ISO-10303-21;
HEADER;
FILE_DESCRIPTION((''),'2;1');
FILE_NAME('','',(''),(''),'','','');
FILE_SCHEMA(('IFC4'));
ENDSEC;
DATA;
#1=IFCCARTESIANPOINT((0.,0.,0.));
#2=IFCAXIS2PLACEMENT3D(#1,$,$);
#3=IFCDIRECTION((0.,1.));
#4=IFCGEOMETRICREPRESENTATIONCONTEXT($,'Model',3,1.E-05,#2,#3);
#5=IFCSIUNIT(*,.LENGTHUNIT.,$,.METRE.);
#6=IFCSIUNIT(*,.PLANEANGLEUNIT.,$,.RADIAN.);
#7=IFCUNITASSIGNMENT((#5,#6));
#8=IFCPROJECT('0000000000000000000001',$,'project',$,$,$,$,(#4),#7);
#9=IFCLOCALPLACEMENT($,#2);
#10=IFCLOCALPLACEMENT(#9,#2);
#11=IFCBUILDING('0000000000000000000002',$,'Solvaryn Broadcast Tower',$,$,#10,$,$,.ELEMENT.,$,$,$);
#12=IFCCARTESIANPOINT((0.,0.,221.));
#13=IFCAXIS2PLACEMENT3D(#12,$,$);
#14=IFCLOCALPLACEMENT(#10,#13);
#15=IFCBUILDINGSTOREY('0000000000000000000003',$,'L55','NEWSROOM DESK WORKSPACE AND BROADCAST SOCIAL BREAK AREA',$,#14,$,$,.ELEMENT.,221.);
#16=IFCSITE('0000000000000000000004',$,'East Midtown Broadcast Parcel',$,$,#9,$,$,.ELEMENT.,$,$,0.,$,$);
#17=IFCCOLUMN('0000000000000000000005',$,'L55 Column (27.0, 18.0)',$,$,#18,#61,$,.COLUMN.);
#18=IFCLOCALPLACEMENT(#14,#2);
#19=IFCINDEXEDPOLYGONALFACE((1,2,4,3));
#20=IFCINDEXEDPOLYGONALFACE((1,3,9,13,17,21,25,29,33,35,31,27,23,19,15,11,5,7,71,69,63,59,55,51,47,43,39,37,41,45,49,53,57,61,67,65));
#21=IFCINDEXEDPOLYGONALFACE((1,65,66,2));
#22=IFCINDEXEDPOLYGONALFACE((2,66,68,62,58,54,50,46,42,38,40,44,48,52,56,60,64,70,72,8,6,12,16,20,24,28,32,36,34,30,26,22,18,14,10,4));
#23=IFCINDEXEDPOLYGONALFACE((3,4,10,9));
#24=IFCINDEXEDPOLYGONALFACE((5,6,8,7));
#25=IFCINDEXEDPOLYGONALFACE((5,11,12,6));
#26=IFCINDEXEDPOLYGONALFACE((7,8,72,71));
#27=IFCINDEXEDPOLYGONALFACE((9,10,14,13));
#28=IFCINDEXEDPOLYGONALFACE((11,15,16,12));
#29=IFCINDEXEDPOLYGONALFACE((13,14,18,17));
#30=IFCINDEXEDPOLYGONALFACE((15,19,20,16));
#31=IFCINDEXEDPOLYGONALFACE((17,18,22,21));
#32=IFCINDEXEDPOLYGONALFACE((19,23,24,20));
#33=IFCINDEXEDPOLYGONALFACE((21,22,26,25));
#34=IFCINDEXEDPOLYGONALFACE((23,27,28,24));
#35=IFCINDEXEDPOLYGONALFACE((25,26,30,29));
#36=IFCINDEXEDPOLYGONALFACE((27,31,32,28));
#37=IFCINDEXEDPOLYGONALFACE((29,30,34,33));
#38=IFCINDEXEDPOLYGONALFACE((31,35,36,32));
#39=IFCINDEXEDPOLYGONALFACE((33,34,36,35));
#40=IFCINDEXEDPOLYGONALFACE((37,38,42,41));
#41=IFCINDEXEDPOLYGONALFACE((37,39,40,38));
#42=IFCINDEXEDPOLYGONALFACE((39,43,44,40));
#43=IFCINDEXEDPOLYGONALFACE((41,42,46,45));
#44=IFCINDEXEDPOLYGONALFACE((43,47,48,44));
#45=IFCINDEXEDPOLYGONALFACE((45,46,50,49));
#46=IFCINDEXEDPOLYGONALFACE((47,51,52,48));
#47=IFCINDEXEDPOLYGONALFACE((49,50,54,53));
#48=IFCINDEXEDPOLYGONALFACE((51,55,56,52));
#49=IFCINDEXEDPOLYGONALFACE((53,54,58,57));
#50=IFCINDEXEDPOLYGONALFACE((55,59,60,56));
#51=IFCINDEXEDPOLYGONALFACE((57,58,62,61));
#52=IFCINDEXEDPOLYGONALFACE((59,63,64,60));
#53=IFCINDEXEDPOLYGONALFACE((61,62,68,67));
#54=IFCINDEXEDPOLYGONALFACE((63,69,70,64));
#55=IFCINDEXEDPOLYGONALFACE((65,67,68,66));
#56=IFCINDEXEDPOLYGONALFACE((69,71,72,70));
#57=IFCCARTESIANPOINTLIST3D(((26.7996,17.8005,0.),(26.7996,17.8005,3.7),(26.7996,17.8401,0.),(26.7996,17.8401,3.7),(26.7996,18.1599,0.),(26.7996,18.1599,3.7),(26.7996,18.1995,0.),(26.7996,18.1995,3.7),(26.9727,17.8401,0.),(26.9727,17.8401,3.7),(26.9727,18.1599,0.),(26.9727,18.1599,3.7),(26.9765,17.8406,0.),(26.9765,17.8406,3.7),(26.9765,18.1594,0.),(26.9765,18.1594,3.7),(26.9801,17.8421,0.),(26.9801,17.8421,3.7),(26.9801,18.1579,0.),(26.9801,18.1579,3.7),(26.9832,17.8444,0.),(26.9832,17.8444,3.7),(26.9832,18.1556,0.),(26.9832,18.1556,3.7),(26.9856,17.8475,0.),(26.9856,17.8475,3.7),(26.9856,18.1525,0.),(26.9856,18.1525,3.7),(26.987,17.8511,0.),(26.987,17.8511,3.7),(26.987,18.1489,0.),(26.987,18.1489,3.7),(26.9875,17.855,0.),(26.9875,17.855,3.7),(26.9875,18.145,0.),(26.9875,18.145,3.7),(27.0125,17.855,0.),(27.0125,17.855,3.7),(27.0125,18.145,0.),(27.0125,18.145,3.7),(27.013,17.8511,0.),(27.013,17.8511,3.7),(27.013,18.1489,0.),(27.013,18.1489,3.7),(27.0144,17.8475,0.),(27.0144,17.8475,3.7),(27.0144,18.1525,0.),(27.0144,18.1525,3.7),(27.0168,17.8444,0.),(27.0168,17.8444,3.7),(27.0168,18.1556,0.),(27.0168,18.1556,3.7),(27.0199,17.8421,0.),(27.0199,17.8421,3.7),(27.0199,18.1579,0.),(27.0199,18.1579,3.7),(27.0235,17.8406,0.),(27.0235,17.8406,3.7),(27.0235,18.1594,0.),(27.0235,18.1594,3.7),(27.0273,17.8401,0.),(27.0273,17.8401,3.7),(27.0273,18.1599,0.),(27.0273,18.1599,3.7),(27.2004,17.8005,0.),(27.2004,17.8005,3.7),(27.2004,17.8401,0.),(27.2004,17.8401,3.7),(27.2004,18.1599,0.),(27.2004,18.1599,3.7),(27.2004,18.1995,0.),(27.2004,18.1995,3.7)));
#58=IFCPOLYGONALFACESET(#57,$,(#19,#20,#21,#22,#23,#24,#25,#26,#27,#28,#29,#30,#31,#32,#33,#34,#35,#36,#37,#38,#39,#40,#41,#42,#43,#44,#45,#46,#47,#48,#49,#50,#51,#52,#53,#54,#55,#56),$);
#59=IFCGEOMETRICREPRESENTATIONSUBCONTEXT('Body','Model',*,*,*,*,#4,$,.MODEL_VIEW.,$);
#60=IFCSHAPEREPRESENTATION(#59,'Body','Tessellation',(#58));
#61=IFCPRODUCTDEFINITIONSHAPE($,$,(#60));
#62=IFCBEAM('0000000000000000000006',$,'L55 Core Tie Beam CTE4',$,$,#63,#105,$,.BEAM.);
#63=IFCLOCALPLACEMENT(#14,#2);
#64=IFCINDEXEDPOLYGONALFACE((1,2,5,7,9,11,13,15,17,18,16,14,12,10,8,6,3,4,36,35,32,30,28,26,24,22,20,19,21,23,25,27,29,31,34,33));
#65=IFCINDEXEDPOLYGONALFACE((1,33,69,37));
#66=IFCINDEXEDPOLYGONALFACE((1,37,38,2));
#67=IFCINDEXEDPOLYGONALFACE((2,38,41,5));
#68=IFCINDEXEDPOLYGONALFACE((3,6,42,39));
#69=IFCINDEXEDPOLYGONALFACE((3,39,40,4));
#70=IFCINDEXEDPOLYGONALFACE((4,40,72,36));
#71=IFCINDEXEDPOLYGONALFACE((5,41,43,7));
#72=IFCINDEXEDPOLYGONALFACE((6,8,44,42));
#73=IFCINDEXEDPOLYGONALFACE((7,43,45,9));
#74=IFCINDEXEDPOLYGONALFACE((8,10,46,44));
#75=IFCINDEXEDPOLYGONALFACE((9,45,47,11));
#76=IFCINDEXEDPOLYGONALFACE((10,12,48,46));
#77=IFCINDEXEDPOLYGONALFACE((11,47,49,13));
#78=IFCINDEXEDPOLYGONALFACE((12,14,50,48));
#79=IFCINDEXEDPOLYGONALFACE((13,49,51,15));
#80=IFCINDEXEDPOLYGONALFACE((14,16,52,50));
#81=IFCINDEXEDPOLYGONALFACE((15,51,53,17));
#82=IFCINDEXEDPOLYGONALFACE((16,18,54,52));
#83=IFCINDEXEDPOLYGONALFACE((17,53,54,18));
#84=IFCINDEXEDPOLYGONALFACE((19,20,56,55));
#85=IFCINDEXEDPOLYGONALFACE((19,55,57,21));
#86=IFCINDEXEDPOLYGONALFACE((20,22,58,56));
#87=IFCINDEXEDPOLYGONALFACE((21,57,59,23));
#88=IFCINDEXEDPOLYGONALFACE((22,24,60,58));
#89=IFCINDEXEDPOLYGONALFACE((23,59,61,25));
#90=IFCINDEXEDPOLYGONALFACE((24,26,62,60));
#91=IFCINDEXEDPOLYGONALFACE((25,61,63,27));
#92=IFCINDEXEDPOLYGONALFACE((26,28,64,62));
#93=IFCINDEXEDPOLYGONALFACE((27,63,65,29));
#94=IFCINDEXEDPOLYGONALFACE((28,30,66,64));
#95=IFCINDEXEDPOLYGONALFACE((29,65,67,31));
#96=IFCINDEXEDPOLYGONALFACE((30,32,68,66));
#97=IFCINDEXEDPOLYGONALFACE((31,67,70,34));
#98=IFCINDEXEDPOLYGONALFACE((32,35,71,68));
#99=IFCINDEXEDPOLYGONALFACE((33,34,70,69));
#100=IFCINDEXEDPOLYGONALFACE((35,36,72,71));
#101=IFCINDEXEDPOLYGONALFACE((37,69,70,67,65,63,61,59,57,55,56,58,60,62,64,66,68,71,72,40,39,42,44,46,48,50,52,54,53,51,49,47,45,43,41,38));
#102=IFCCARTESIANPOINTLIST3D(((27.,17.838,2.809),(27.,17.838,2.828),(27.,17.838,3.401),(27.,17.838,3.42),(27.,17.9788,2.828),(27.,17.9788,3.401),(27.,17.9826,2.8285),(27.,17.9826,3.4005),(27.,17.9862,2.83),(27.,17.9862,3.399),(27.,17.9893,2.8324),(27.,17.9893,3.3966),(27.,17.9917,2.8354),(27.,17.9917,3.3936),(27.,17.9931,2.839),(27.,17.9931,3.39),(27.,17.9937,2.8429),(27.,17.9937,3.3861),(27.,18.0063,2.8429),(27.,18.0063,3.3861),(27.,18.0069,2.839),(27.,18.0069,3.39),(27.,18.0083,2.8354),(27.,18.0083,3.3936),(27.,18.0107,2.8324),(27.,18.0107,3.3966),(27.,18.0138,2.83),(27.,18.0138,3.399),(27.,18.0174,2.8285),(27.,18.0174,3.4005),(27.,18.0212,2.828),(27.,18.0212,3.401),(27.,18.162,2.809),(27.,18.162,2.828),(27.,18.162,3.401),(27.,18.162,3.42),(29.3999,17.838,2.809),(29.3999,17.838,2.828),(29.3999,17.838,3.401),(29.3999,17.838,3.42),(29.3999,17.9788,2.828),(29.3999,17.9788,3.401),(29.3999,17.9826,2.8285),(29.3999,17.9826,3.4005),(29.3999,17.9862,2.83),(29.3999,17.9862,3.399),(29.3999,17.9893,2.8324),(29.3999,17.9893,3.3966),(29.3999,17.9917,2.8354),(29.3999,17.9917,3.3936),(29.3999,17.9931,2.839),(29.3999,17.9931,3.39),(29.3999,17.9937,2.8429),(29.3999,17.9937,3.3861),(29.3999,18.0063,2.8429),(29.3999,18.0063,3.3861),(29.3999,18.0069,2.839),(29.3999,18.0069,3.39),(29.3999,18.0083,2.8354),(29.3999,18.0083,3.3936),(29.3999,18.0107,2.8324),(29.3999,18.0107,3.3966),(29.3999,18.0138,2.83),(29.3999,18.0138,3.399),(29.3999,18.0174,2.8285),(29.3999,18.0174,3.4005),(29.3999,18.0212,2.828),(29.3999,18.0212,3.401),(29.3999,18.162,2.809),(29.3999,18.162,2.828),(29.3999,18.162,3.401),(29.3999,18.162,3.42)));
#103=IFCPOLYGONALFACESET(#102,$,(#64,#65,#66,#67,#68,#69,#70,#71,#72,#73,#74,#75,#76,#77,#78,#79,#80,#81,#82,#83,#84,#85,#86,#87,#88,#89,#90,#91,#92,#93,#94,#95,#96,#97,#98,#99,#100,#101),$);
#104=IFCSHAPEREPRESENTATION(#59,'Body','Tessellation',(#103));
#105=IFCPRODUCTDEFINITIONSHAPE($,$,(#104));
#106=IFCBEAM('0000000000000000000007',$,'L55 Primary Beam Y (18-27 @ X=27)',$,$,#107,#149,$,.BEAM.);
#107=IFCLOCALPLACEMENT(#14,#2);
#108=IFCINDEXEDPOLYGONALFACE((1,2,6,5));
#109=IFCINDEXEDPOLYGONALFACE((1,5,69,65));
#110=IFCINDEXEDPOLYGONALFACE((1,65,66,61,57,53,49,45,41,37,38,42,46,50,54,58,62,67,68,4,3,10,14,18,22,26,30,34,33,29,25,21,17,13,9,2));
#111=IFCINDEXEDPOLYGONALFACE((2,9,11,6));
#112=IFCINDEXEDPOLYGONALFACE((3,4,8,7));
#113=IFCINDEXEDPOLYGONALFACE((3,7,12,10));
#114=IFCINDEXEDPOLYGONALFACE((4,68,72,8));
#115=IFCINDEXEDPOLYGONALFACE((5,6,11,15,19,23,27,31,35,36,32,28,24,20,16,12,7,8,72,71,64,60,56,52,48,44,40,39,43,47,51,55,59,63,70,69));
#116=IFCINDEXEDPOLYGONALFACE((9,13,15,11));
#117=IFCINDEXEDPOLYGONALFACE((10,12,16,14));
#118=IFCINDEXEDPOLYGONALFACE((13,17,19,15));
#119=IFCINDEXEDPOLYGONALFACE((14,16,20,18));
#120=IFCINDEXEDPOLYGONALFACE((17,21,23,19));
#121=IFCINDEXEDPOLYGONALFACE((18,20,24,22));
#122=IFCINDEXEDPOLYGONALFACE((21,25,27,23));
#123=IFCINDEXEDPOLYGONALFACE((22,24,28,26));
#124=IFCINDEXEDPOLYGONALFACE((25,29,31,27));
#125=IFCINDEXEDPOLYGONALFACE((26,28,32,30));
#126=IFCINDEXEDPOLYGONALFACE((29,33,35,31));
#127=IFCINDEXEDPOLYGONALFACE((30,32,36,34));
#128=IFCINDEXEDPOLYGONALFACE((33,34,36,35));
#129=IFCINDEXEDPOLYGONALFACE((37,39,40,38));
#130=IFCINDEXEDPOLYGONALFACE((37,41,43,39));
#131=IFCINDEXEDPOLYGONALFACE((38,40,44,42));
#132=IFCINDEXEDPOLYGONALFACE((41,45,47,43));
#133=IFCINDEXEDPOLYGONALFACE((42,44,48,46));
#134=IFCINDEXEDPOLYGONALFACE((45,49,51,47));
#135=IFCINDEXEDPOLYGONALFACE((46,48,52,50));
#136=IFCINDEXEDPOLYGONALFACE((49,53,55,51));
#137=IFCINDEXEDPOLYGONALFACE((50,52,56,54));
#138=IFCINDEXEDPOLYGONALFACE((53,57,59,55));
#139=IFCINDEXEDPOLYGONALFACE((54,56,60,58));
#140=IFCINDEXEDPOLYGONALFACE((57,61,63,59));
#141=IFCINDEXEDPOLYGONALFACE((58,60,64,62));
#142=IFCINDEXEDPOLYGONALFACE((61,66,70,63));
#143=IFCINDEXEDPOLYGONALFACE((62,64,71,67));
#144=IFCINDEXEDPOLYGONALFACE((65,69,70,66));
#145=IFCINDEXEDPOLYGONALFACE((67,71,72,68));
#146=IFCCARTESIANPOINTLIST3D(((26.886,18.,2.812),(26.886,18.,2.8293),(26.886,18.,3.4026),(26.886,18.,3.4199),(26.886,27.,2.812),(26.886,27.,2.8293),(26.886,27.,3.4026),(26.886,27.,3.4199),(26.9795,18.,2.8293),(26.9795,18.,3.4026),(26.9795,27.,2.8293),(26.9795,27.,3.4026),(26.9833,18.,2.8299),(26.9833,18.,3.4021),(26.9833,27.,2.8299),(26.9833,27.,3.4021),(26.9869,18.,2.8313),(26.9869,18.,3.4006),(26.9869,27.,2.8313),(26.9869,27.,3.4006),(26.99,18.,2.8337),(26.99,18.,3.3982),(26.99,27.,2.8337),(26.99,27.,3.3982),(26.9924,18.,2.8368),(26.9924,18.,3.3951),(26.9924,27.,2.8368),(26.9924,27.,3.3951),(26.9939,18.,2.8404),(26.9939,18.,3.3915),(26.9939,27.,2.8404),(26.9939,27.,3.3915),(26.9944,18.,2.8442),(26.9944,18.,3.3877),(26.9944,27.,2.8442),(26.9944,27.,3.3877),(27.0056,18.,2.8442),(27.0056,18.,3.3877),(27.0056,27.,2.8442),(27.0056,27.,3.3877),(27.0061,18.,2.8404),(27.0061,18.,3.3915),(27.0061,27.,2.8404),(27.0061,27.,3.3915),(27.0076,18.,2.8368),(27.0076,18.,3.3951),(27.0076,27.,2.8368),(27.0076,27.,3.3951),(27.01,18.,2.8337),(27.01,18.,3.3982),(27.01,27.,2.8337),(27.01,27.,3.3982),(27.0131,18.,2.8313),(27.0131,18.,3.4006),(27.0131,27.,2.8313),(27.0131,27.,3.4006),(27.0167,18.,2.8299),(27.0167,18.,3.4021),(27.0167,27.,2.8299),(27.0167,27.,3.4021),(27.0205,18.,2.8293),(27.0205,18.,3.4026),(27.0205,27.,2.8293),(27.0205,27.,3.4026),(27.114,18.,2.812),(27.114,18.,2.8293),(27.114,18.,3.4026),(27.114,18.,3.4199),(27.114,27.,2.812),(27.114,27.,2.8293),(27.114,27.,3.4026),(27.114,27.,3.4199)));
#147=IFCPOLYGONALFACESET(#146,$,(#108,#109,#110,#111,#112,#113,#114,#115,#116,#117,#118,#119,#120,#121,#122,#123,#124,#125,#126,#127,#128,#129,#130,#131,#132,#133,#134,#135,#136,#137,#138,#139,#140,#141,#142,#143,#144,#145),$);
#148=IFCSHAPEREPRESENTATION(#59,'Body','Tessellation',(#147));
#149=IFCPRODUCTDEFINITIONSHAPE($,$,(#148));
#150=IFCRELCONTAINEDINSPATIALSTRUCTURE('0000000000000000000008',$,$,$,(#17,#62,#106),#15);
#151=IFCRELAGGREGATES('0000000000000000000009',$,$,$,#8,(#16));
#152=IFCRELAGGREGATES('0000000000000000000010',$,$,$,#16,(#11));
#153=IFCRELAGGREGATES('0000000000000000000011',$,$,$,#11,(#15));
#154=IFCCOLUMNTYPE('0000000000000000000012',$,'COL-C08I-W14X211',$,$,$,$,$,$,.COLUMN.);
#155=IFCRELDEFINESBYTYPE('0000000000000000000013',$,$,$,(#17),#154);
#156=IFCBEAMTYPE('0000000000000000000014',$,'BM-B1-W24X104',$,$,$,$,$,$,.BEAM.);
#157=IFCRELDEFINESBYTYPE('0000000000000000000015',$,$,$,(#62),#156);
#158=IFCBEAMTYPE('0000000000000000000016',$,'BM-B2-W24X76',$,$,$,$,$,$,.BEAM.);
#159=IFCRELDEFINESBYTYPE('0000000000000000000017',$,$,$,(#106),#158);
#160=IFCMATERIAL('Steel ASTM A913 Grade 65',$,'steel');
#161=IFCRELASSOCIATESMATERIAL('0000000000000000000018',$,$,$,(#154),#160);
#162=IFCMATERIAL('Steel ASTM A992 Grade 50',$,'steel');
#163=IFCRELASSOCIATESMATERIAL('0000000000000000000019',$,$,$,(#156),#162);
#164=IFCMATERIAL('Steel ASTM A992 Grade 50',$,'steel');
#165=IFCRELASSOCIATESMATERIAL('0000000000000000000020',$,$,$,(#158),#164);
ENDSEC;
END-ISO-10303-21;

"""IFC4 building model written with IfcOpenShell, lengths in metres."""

from ifc_helpers import new_model, si_unit, direction, frame, origin, origin_2d, place, context, subcontext, project, spatial, i_section, extrude, material, material_profile, profile_set, type_object, element, save


model = new_model("IFC4")

# Units and contexts
model_context = context("Model", 3, precision=1e-05, world=origin(), true_north=direction((0.0, 1.0)))
body_context = subcontext(model_context, "Body", "Model", "MODEL_VIEW")
ifc_project = project(units=[si_unit("LENGTHUNIT", "METRE"), si_unit("PLANEANGLEUNIT", "RADIAN")], contexts=[model_context])

# Site, building, storey
site_placement = place(None, origin())
site = spatial("IfcSite", under=ifc_project, at=site_placement, Name="East Midtown Broadcast Parcel", CompositionType="ELEMENT", RefElevation=0.0)
building_placement = place(site_placement, origin())
building = spatial("IfcBuilding", under=site, at=building_placement, Name="Solvaryn Broadcast Tower", CompositionType="ELEMENT")
storey_placement = place(building_placement, frame((0.0, 0.0, 221.0)))
storey = spatial("IfcBuildingStorey", under=building, at=storey_placement, Name="L55", Description="NEWSROOM DESK WORKSPACE AND BROADCAST SOCIAL BREAK AREA", CompositionType="ELEMENT", Elevation=221.0)

# Column
ifc_material_1 = material(Name="Steel ASTM A913 Grade 65", Category="steel")
ifc_material_profile_1 = material_profile(ifc_material_1, i_section(OverallWidth=0.4009, OverallDepth=0.3989, WebThickness=0.0249, FlangeThickness=0.0396, FilletRadius=0.0149, at=origin_2d()))
ifc_profile_set_1 = profile_set([ifc_material_profile_1], Name="Steel ASTM A913 Grade 65")
column_type = type_object("IfcColumnType", Name="COL-C08I-W14X211", PredefinedType="COLUMN", material=ifc_profile_set_1)
column_placement = place(storey_placement, frame((27.0, 18.0, 0.0), z_axis=(0.0, 0.0, 1.0), x_axis=(1.0, 0.0, 0.0)))
element("IfcColumn", 1, at=column_placement, inside=storey, type_object=column_type, Name="L55 Column (27.0, 18.0)", PredefinedType="COLUMN", context=body_context, shape_type="SweptSolid", body=[
    extrude(i_section(OverallWidth=0.4009, OverallDepth=0.3989, WebThickness=0.0249, FlangeThickness=0.0396, FilletRadius=0.0149, at=origin_2d()), origin(), (0.0, 0.0, 1.0), 3.7),
])

# Beams
ifc_material_2 = material(Name="Steel ASTM A992 Grade 50", Category="steel")
ifc_material_profile_2 = material_profile(ifc_material_2, i_section(OverallWidth=0.324, OverallDepth=0.6111, WebThickness=0.0127, FlangeThickness=0.019, FilletRadius=0.0149, at=origin_2d()))
ifc_profile_set_2 = profile_set([ifc_material_profile_2], Name="Steel ASTM A992 Grade 50")
beam_type_1 = type_object("IfcBeamType", Name="BM-B1-W24X104", PredefinedType="BEAM", material=ifc_profile_set_2)
beam_1_placement = place(storey_placement, frame((27.0, 18.0, 3.1145), z_axis=(1.0, 0.0, 0.0), x_axis=(0.0, 1.0, 0.0)))
element("IfcBeam", 2, at=beam_1_placement, inside=storey, type_object=beam_type_1, Name="L55 Core Tie Beam CTE4", PredefinedType="BEAM", context=body_context, shape_type="SweptSolid", body=[
    extrude(i_section(OverallWidth=0.324, OverallDepth=0.6111, WebThickness=0.0127, FlangeThickness=0.019, FilletRadius=0.0149, at=origin_2d()), origin(), (0.0, 0.0, 1.0), 2.3999),
])
ifc_material_3 = material(Name="Steel ASTM A992 Grade 50", Category="steel")
ifc_material_profile_3 = material_profile(ifc_material_3, i_section(OverallWidth=0.228, OverallDepth=0.6079, WebThickness=0.0112, FlangeThickness=0.0173, FilletRadius=0.0149, at=origin_2d()))
ifc_profile_set_3 = profile_set([ifc_material_profile_3], Name="Steel ASTM A992 Grade 50")
beam_type_2 = type_object("IfcBeamType", Name="BM-B2-W24X76", PredefinedType="BEAM", material=ifc_profile_set_3)
beam_2_placement = place(storey_placement, frame((27.0, 18.0, 3.116), z_axis=(0.0, 1.0, 0.0), x_axis=(-1.0, 0.0, 0.0)))
element("IfcBeam", 3, at=beam_2_placement, inside=storey, type_object=beam_type_2, Name="L55 Primary Beam Y (18-27 @ X=27)", PredefinedType="BEAM", context=body_context, shape_type="SweptSolid", body=[
    extrude(i_section(OverallWidth=0.228, OverallDepth=0.6079, WebThickness=0.0112, FlangeThickness=0.0173, FilletRadius=0.0149, at=origin_2d()), origin(), (0.0, 0.0, 1.0), 9.0),
])

save(model, "model.ifc")
